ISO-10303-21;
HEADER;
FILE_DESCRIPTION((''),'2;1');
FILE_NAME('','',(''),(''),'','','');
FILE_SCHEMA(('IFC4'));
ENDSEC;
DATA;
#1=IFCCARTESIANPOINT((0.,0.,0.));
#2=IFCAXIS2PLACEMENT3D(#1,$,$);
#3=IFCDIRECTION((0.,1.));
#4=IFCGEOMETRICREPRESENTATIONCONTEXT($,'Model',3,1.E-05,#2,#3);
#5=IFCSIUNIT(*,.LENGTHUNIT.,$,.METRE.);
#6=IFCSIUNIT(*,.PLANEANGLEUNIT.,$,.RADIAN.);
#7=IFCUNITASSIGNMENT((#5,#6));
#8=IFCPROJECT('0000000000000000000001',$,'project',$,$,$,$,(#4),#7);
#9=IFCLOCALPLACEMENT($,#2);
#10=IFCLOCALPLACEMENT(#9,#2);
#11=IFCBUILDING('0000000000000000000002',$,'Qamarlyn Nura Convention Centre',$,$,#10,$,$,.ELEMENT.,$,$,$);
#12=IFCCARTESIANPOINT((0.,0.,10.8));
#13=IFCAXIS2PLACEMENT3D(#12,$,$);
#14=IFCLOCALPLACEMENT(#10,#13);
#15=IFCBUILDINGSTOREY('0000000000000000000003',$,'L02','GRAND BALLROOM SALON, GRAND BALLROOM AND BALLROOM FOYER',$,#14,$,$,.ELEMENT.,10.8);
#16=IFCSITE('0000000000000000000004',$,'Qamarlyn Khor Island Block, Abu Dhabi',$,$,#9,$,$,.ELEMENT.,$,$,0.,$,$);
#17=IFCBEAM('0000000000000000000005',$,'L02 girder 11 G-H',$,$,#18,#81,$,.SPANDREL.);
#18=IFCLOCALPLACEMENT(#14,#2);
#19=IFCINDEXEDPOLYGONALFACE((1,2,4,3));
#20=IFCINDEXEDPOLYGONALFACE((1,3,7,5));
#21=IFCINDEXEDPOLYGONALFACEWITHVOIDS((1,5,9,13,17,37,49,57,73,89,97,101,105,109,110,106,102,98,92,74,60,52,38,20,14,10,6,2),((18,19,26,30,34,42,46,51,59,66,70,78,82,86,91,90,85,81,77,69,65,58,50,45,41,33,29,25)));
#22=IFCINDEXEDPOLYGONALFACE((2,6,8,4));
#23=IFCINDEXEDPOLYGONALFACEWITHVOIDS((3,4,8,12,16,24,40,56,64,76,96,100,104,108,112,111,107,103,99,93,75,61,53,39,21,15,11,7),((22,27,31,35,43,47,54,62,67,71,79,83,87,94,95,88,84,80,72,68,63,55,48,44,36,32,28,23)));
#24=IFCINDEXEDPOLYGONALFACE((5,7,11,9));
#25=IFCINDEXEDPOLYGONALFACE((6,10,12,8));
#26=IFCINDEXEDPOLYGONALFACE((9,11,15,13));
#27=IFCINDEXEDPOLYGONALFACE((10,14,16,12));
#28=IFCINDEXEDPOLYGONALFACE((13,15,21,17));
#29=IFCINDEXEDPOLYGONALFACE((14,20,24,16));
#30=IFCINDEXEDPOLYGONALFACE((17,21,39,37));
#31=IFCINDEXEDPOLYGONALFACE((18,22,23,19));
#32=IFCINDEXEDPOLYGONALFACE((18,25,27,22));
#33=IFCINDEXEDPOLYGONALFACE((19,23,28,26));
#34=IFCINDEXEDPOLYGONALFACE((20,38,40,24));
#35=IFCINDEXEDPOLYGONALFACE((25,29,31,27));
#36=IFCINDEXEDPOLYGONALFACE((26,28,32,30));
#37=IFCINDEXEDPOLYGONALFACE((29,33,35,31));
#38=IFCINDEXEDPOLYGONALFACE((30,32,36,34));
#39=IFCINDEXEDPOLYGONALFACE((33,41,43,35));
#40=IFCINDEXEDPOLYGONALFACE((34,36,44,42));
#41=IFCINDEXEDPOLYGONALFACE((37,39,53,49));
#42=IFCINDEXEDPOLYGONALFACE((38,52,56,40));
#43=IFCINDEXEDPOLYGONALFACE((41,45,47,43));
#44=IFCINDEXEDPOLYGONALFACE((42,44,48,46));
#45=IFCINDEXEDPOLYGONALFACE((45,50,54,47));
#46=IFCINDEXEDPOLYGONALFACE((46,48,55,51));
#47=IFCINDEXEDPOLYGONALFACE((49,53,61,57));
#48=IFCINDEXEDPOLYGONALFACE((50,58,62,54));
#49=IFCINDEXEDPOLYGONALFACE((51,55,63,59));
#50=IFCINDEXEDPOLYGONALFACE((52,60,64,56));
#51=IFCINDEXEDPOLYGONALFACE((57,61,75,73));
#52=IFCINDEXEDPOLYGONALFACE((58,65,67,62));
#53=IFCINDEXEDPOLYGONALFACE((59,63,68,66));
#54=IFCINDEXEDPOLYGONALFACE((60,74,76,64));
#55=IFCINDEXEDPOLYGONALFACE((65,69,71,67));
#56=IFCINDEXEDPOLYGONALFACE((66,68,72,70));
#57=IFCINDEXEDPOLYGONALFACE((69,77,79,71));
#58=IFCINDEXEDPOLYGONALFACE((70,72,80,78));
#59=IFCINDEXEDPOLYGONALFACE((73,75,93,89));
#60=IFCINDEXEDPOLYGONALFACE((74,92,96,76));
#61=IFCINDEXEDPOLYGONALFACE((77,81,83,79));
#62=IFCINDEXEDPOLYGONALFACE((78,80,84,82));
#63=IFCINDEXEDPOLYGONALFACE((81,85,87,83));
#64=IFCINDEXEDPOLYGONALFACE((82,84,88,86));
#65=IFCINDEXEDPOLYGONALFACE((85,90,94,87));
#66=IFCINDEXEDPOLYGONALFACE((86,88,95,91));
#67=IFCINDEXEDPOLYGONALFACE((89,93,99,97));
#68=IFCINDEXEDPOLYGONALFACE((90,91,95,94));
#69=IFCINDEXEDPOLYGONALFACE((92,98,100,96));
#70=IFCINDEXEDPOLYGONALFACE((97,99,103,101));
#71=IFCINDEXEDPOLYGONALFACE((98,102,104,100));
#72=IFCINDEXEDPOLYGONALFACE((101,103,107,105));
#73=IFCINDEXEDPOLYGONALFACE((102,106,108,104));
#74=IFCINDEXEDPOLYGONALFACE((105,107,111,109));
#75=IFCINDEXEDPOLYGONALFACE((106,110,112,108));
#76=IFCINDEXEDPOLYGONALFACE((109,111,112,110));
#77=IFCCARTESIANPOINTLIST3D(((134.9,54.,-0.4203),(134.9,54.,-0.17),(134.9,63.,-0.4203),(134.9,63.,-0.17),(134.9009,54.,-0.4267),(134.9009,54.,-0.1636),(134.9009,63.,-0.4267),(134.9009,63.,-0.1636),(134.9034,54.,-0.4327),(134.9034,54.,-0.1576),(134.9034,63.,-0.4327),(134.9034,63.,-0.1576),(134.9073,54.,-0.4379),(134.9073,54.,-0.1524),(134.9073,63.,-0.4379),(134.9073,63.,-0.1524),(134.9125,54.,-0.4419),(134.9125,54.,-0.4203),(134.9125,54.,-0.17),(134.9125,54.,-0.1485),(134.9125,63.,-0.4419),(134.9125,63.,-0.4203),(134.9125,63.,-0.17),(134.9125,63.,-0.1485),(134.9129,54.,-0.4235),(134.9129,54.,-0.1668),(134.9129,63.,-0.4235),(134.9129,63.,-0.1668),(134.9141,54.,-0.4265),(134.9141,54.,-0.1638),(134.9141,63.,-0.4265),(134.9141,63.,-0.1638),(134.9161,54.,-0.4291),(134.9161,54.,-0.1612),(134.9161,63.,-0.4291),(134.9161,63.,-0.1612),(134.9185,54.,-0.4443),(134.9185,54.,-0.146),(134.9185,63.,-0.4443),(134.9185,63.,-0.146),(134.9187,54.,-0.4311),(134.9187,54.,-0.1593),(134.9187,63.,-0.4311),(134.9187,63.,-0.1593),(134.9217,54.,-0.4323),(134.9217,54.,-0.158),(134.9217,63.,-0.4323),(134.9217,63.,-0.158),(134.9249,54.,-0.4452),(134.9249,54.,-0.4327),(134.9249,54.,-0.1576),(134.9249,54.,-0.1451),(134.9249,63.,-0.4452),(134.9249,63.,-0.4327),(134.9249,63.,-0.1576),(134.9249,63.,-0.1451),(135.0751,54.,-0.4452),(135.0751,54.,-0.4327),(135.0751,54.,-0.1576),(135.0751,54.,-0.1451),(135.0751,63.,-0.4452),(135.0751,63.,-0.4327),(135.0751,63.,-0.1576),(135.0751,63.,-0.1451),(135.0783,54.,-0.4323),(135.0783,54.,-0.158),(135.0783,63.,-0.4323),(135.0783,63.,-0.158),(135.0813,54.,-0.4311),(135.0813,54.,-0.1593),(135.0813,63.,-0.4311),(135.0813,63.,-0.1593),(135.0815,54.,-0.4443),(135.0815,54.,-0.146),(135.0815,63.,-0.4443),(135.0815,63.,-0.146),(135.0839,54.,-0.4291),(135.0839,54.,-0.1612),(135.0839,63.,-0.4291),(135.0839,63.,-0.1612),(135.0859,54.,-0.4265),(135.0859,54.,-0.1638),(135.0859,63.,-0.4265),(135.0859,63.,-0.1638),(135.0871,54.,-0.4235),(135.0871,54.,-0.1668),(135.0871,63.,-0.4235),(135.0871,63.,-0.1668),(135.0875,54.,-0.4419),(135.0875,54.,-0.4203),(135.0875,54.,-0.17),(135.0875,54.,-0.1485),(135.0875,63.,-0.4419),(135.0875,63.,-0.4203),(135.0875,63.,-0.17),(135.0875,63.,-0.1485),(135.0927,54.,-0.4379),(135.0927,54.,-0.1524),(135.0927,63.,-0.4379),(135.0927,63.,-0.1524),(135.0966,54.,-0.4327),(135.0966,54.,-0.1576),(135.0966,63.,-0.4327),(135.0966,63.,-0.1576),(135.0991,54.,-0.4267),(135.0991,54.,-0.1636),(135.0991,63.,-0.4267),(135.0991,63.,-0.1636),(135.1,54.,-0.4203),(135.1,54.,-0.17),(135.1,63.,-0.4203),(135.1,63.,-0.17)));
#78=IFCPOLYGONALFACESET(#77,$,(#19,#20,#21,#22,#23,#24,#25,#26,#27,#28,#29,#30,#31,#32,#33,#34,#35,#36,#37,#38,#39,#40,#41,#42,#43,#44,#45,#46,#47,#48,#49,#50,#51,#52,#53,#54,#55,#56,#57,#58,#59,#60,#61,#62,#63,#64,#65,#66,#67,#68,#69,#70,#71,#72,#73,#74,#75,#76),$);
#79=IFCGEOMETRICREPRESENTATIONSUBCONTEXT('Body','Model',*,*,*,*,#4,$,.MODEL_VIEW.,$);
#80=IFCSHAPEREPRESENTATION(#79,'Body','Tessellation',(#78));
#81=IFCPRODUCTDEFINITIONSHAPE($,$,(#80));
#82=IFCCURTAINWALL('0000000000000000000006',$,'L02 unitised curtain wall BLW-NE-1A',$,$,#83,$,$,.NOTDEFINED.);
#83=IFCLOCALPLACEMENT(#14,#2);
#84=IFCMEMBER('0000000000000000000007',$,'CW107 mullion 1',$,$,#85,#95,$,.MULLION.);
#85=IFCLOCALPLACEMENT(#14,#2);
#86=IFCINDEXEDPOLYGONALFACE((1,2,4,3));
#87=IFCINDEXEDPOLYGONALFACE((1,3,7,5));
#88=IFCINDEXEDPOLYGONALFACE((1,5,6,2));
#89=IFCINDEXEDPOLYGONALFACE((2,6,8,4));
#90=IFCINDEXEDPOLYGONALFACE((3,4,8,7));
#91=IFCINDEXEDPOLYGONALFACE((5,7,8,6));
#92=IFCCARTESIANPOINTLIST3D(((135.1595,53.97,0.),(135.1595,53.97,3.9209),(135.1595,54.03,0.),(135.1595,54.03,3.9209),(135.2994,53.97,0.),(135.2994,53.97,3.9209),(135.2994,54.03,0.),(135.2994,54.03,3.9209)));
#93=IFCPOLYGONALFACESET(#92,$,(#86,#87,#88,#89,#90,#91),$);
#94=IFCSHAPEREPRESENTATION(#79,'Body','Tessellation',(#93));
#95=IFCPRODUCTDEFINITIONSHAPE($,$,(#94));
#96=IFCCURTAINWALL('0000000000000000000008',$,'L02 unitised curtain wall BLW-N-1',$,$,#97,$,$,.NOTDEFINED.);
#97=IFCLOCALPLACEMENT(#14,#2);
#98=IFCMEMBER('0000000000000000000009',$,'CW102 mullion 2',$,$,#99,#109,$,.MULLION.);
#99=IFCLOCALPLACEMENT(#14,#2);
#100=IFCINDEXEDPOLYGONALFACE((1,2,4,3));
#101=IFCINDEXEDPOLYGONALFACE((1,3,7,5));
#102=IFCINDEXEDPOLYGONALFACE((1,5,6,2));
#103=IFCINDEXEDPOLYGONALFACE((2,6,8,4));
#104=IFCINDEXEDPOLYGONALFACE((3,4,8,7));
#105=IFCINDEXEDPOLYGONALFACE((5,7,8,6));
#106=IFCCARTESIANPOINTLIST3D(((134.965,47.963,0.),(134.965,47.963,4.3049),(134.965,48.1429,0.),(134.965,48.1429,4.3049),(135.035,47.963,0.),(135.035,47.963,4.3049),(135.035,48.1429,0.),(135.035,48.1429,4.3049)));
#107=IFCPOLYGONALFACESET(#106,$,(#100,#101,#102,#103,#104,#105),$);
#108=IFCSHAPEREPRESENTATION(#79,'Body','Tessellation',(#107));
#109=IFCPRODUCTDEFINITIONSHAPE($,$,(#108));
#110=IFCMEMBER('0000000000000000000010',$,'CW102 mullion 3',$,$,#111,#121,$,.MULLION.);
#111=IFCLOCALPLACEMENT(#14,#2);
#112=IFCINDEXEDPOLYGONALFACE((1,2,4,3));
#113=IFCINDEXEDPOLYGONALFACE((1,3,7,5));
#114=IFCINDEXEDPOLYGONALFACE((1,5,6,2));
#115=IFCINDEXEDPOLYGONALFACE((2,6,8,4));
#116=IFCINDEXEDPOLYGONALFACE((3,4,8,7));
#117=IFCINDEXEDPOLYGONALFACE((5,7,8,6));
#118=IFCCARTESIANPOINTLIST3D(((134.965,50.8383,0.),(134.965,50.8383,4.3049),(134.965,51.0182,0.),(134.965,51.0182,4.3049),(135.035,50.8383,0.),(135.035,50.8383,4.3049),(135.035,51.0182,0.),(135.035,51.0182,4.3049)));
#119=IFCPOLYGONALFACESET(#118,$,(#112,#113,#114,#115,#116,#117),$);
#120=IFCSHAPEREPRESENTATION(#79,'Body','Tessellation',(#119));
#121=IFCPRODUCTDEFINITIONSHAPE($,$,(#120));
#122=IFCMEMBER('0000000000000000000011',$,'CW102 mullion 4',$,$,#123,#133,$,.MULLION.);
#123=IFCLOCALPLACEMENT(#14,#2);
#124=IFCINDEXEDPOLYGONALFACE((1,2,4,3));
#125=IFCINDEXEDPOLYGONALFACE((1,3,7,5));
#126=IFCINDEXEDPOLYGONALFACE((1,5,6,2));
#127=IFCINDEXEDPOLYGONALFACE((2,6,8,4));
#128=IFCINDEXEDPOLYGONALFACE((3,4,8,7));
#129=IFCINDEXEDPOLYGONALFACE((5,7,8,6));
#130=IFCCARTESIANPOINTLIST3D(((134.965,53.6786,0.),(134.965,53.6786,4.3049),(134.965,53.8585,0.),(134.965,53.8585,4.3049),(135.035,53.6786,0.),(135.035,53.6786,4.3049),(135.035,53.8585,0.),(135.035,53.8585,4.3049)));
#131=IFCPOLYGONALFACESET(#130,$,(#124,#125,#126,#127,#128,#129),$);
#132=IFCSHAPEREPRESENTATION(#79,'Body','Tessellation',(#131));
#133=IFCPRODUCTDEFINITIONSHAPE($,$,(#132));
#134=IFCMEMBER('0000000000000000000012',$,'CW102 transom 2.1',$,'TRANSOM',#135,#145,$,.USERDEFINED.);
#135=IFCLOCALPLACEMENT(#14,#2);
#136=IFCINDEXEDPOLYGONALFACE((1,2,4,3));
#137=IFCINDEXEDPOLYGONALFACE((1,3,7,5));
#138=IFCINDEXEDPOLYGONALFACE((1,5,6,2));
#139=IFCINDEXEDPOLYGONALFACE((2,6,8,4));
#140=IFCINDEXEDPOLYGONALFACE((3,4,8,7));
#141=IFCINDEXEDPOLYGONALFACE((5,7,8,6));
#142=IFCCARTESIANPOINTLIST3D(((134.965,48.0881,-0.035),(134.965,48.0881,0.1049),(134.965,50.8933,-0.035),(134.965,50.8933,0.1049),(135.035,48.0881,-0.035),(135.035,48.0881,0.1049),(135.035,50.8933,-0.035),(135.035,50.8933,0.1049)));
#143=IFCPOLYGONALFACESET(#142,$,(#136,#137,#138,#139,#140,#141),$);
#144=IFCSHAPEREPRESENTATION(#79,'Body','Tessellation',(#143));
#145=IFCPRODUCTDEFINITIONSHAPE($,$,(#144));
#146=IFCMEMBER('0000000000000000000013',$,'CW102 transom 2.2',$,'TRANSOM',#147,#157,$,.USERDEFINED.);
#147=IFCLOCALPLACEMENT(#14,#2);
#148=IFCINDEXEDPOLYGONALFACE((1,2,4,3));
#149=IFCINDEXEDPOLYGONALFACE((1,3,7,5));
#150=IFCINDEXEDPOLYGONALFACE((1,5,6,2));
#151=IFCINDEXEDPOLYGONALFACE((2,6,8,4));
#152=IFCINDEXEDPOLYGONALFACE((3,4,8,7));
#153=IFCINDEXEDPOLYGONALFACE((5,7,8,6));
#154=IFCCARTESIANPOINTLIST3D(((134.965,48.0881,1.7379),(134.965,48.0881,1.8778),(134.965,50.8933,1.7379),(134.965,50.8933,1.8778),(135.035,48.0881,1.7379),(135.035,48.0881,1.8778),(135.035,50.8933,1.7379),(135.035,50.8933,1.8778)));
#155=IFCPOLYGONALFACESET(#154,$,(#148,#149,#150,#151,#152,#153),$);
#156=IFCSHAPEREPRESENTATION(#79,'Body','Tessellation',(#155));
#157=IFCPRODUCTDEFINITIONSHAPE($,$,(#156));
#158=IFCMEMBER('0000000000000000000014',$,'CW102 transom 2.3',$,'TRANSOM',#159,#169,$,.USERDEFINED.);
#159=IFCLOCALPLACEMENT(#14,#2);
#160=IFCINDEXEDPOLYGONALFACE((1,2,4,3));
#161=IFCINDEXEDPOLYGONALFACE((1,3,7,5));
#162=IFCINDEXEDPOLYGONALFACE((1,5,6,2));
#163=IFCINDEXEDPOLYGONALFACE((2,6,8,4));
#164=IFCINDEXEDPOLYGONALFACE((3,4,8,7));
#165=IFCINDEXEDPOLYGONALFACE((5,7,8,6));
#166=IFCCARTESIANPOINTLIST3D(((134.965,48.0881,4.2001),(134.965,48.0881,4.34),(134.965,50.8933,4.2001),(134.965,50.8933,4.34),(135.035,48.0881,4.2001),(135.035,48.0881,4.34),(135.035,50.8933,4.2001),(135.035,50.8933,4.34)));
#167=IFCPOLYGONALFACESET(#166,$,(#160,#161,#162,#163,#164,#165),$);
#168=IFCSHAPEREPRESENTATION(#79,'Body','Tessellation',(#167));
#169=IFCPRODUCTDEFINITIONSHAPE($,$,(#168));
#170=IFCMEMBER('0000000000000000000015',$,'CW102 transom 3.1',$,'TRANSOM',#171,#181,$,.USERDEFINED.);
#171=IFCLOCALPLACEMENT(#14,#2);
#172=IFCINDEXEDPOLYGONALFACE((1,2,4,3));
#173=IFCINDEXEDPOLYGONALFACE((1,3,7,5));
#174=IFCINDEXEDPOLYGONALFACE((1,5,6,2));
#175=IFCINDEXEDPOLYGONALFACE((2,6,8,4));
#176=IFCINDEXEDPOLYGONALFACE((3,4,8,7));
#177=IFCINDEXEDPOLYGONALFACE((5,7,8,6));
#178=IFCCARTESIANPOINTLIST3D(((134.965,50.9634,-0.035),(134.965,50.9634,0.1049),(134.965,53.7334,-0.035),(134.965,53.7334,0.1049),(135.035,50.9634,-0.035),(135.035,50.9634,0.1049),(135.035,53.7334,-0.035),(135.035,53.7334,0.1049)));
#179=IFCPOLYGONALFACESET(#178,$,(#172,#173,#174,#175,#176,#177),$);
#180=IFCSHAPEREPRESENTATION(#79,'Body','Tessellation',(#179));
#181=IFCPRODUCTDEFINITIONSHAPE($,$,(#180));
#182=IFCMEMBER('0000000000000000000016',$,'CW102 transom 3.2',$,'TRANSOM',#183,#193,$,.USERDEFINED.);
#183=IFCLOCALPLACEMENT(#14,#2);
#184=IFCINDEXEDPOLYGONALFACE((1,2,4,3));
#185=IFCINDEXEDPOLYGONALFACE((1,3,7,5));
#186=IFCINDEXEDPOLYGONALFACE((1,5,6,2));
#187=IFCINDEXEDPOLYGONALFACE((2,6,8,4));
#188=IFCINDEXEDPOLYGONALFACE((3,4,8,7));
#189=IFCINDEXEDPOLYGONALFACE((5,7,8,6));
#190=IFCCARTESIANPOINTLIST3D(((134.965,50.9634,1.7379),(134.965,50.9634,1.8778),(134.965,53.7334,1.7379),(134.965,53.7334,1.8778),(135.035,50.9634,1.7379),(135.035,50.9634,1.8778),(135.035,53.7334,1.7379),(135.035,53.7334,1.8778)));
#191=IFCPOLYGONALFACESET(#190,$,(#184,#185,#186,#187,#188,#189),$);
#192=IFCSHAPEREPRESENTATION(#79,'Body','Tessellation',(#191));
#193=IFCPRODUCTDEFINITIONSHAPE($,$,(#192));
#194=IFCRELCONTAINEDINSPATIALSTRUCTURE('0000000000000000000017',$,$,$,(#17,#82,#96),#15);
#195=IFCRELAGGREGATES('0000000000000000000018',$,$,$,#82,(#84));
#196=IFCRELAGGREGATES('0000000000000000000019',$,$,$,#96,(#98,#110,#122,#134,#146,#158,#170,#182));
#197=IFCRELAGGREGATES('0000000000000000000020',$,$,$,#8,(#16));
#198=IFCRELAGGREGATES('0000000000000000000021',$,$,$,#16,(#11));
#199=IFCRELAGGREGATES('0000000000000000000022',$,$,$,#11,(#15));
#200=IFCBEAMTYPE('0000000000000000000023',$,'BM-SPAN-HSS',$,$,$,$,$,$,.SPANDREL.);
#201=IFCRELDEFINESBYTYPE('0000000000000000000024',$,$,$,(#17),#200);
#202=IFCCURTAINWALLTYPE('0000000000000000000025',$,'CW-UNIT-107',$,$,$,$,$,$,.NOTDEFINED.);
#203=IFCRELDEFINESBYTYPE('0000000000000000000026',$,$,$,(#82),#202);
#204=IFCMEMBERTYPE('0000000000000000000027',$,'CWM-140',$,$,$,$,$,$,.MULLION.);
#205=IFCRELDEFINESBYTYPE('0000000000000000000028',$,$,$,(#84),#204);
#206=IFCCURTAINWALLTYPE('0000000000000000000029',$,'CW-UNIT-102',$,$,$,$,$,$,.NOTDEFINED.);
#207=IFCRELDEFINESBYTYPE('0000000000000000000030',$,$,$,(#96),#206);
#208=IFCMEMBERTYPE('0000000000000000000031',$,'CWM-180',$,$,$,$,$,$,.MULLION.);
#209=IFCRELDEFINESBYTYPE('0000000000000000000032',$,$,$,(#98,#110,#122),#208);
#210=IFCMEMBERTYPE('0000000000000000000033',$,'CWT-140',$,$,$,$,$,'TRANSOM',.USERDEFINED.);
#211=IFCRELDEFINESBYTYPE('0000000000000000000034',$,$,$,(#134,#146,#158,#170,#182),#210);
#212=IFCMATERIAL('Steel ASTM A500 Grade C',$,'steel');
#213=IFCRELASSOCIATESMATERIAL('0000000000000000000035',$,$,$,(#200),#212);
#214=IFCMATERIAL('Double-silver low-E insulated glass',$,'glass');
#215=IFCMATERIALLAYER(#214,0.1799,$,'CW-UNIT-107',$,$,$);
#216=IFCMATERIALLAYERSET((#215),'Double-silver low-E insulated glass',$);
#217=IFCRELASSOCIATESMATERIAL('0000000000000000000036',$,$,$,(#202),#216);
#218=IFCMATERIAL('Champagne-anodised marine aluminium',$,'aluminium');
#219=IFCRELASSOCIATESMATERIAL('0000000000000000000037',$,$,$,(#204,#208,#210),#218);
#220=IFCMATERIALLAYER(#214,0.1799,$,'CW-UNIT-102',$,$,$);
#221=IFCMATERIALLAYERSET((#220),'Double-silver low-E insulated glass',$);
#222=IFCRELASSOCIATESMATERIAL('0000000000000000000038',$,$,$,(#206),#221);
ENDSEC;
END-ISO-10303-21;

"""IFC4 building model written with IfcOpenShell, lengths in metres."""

from ifc_helpers import new_model, si_unit, direction, frame, origin, origin_2d, place, context, subcontext, project, spatial, rectangle, hollow_rectangle, extrude, material, layer, layer_set, material_profile, profile_set, type_object, element, aggregate, save


model = new_model("IFC4")

# Units and contexts
model_context = context("Model", 3, precision=1e-05, world=origin(), true_north=direction((0.0, 1.0)))
body_context = subcontext(model_context, "Body", "Model", "MODEL_VIEW")
ifc_project = project(units=[si_unit("LENGTHUNIT", "METRE"), si_unit("PLANEANGLEUNIT", "RADIAN")], contexts=[model_context])

# Site, building, storey
site_placement = place(None, origin())
site = spatial("IfcSite", under=ifc_project, at=site_placement, Name="Qamarlyn Khor Island Block, Abu Dhabi", CompositionType="ELEMENT", RefElevation=0.0)
building_placement = place(site_placement, origin())
building = spatial("IfcBuilding", under=site, at=building_placement, Name="Qamarlyn Nura Convention Centre", CompositionType="ELEMENT")
storey_placement = place(building_placement, frame((0.0, 0.0, 10.8)))
storey = spatial("IfcBuildingStorey", under=building, at=storey_placement, Name="L02", Description="GRAND BALLROOM SALON, GRAND BALLROOM AND BALLROOM FOYER", CompositionType="ELEMENT", Elevation=10.8)

# Beam
ifc_material_1 = material(Name="Steel ASTM A500 Grade C", Category="steel")
ifc_material_profile_1 = material_profile(ifc_material_1, hollow_rectangle(XDim=0.2, YDim=0.3, WallThickness=0.0125, InnerFilletRadius=0.0125, OuterFilletRadius=0.0249, at=origin_2d()), Name="HSS300X200X12.5")
ifc_profile_set_1 = profile_set([ifc_material_profile_1], Name="Steel ASTM A500 Grade C")
beam_type_1 = type_object("IfcBeamType", Name="BM-SPAN-HSS", PredefinedType="SPANDREL", material=ifc_profile_set_1)
beam_1_placement = place(storey_placement, frame((135.0, 54.0, -0.2952), z_axis=(0.0, 1.0, 0.0), x_axis=(-1.0, 0.0, 0.0)))
element("IfcBeam", 1, at=beam_1_placement, inside=storey, type_object=beam_type_1, Name="L02 girder 11 G-H", PredefinedType="SPANDREL", context=body_context, shape_type="SweptSolid", body=[
    extrude(hollow_rectangle(XDim=0.2, YDim=0.3, WallThickness=0.0125, InnerFilletRadius=0.0125, OuterFilletRadius=0.0249, at=origin_2d()), origin(), (0.0, 0.0, 1.0), 9.0),
])

# Curtain wall, member
ifc_material_2 = material(Name="Double-silver low-E insulated glass", Category="glass")
ifc_layer_1 = layer(ifc_material_2, 0.1799, Name="CW-UNIT-107")
ifc_layer_set_1 = layer_set([ifc_layer_1], Name="Double-silver low-E insulated glass")
curtain_wall_type_1 = type_object("IfcCurtainWallType", Name="CW-UNIT-107", PredefinedType="NOTDEFINED", material=ifc_layer_set_1)
curtain_wall_1_placement = place(storey_placement, origin())
curtain_wall_1 = element("IfcCurtainWall", 2, at=curtain_wall_1_placement, inside=storey, type_object=curtain_wall_type_1, Name="L02 unitised curtain wall BLW-NE-1A", PredefinedType="NOTDEFINED")
ifc_material_3 = material(Name="Champagne-anodised marine aluminium", Category="aluminium")
ifc_material_profile_2 = material_profile(ifc_material_3, rectangle(XDim=0.0601, YDim=0.1399, at=origin_2d()), Name="ALU MULLION 60x140")
ifc_profile_set_2 = profile_set([ifc_material_profile_2], Name="Champagne-anodised marine aluminium")
member_type_1 = type_object("IfcMemberType", Name="CWM-140", PredefinedType="MULLION", material=ifc_profile_set_2)
member_1_placement = place(storey_placement, frame((135.2295, 54.0, 0.0), z_axis=(0.0, 0.0, 1.0), x_axis=(0.0, 1.0, 0.0)))
member_1 = element("IfcMember", 3, at=member_1_placement, type_object=member_type_1, Name="CW107 mullion 1", PredefinedType="MULLION", context=body_context, shape_type="SweptSolid", body=[
    extrude(rectangle(XDim=0.0601, YDim=0.1399, at=origin_2d()), origin(), (0.0, 0.0, 1.0), 3.9209),
])
aggregate(curtain_wall_1, [member_1])

# Curtain wall, members
ifc_layer_2 = layer(ifc_material_2, 0.1799, Name="CW-UNIT-102")
ifc_layer_set_2 = layer_set([ifc_layer_2], Name="Double-silver low-E insulated glass")
curtain_wall_type_2 = type_object("IfcCurtainWallType", Name="CW-UNIT-102", PredefinedType="NOTDEFINED", material=ifc_layer_set_2)
curtain_wall_2_placement = place(storey_placement, origin())
curtain_wall_2 = element("IfcCurtainWall", 4, at=curtain_wall_2_placement, inside=storey, type_object=curtain_wall_type_2, Name="L02 unitised curtain wall BLW-N-1", PredefinedType="NOTDEFINED")
ifc_material_profile_3 = material_profile(ifc_material_3, rectangle(XDim=0.0701, YDim=0.1799, at=origin_2d()), Name="ALU MULLION 70x180")
ifc_profile_set_3 = profile_set([ifc_material_profile_3], Name="Champagne-anodised marine aluminium")
member_type_2 = type_object("IfcMemberType", Name="CWM-180", PredefinedType="MULLION", material=ifc_profile_set_3)
member_2_placement = place(storey_placement, frame((135.0, 48.053, 0.0), z_axis=(0.0, 0.0, 1.0), x_axis=(-1.0, 0.0, 0.0)))
member_2 = element("IfcMember", 5, at=member_2_placement, type_object=member_type_2, Name="CW102 mullion 2", PredefinedType="MULLION", context=body_context, shape_type="SweptSolid", body=[
    extrude(rectangle(XDim=0.0701, YDim=0.1799, at=origin_2d()), origin(), (0.0, 0.0, 1.0), 4.3049),
])
member_3_placement = place(storey_placement, frame((135.0, 50.9282, 0.0), z_axis=(0.0, 0.0, 1.0), x_axis=(-1.0, 0.0, 0.0)))
member_3 = element("IfcMember", 6, at=member_3_placement, type_object=member_type_2, Name="CW102 mullion 3", PredefinedType="MULLION", context=body_context, shape_type="SweptSolid", body=[
    extrude(rectangle(XDim=0.0701, YDim=0.1799, at=origin_2d()), origin(), (0.0, 0.0, 1.0), 4.3049),
])
member_4_placement = place(storey_placement, frame((135.0, 53.7686, 0.0), z_axis=(0.0, 0.0, 1.0), x_axis=(-1.0, 0.0, 0.0)))
member_4 = element("IfcMember", 7, at=member_4_placement, type_object=member_type_2, Name="CW102 mullion 4", PredefinedType="MULLION", context=body_context, shape_type="SweptSolid", body=[
    extrude(rectangle(XDim=0.0701, YDim=0.1799, at=origin_2d()), origin(), (0.0, 0.0, 1.0), 4.3049),
])
ifc_material_profile_4 = material_profile(ifc_material_3, rectangle(XDim=0.0701, YDim=0.1399, at=origin_2d()), Name="ALU TRANSOM 70x140")
ifc_profile_set_4 = profile_set([ifc_material_profile_4], Name="Champagne-anodised marine aluminium")
member_type_3 = type_object("IfcMemberType", Name="CWT-140", ElementType="TRANSOM", PredefinedType="USERDEFINED", material=ifc_profile_set_4)
member_5_placement = place(storey_placement, frame((135.0, 48.0881, 0.0349), z_axis=(0.0, 1.0, 0.0), x_axis=(-1.0, 0.0, 0.0)))
member_5 = element("IfcMember", 8, at=member_5_placement, type_object=member_type_3, Name="CW102 transom 2.1", ObjectType="TRANSOM", PredefinedType="USERDEFINED", context=body_context, shape_type="SweptSolid", body=[
    extrude(rectangle(XDim=0.0701, YDim=0.1399, at=origin_2d()), origin(), (0.0, 0.0, 1.0), 2.8052),
])
member_6_placement = place(storey_placement, frame((135.0, 48.0881, 1.8079), z_axis=(0.0, 1.0, 0.0), x_axis=(-1.0, 0.0, 0.0)))
member_6 = element("IfcMember", 9, at=member_6_placement, type_object=member_type_3, Name="CW102 transom 2.2", ObjectType="TRANSOM", PredefinedType="USERDEFINED", context=body_context, shape_type="SweptSolid", body=[
    extrude(rectangle(XDim=0.0701, YDim=0.1399, at=origin_2d()), origin(), (0.0, 0.0, 1.0), 2.8052),
])
member_7_placement = place(storey_placement, frame((135.0, 48.0881, 4.27), z_axis=(0.0, 1.0, 0.0), x_axis=(-1.0, 0.0, 0.0)))
member_7 = element("IfcMember", 10, at=member_7_placement, type_object=member_type_3, Name="CW102 transom 2.3", ObjectType="TRANSOM", PredefinedType="USERDEFINED", context=body_context, shape_type="SweptSolid", body=[
    extrude(rectangle(XDim=0.0701, YDim=0.1399, at=origin_2d()), origin(), (0.0, 0.0, 1.0), 2.8052),
])
member_8_placement = place(storey_placement, frame((135.0, 50.9634, 0.0349), z_axis=(0.0, 1.0, 0.0), x_axis=(-1.0, 0.0, 0.0)))
member_8 = element("IfcMember", 11, at=member_8_placement, type_object=member_type_3, Name="CW102 transom 3.1", ObjectType="TRANSOM", PredefinedType="USERDEFINED", context=body_context, shape_type="SweptSolid", body=[
    extrude(rectangle(XDim=0.0701, YDim=0.1399, at=origin_2d()), origin(), (0.0, 0.0, 1.0), 2.77),
])
member_9_placement = place(storey_placement, frame((135.0, 50.9634, 1.8079), z_axis=(0.0, 1.0, 0.0), x_axis=(-1.0, 0.0, 0.0)))
member_9 = element("IfcMember", 12, at=member_9_placement, type_object=member_type_3, Name="CW102 transom 3.2", ObjectType="TRANSOM", PredefinedType="USERDEFINED", context=body_context, shape_type="SweptSolid", body=[
    extrude(rectangle(XDim=0.0701, YDim=0.1399, at=origin_2d()), origin(), (0.0, 0.0, 1.0), 2.77),
])
aggregate(curtain_wall_2, [member_2, member_3, member_4, member_5, member_6, member_7, member_8, member_9])

save(model, "model.ifc")
